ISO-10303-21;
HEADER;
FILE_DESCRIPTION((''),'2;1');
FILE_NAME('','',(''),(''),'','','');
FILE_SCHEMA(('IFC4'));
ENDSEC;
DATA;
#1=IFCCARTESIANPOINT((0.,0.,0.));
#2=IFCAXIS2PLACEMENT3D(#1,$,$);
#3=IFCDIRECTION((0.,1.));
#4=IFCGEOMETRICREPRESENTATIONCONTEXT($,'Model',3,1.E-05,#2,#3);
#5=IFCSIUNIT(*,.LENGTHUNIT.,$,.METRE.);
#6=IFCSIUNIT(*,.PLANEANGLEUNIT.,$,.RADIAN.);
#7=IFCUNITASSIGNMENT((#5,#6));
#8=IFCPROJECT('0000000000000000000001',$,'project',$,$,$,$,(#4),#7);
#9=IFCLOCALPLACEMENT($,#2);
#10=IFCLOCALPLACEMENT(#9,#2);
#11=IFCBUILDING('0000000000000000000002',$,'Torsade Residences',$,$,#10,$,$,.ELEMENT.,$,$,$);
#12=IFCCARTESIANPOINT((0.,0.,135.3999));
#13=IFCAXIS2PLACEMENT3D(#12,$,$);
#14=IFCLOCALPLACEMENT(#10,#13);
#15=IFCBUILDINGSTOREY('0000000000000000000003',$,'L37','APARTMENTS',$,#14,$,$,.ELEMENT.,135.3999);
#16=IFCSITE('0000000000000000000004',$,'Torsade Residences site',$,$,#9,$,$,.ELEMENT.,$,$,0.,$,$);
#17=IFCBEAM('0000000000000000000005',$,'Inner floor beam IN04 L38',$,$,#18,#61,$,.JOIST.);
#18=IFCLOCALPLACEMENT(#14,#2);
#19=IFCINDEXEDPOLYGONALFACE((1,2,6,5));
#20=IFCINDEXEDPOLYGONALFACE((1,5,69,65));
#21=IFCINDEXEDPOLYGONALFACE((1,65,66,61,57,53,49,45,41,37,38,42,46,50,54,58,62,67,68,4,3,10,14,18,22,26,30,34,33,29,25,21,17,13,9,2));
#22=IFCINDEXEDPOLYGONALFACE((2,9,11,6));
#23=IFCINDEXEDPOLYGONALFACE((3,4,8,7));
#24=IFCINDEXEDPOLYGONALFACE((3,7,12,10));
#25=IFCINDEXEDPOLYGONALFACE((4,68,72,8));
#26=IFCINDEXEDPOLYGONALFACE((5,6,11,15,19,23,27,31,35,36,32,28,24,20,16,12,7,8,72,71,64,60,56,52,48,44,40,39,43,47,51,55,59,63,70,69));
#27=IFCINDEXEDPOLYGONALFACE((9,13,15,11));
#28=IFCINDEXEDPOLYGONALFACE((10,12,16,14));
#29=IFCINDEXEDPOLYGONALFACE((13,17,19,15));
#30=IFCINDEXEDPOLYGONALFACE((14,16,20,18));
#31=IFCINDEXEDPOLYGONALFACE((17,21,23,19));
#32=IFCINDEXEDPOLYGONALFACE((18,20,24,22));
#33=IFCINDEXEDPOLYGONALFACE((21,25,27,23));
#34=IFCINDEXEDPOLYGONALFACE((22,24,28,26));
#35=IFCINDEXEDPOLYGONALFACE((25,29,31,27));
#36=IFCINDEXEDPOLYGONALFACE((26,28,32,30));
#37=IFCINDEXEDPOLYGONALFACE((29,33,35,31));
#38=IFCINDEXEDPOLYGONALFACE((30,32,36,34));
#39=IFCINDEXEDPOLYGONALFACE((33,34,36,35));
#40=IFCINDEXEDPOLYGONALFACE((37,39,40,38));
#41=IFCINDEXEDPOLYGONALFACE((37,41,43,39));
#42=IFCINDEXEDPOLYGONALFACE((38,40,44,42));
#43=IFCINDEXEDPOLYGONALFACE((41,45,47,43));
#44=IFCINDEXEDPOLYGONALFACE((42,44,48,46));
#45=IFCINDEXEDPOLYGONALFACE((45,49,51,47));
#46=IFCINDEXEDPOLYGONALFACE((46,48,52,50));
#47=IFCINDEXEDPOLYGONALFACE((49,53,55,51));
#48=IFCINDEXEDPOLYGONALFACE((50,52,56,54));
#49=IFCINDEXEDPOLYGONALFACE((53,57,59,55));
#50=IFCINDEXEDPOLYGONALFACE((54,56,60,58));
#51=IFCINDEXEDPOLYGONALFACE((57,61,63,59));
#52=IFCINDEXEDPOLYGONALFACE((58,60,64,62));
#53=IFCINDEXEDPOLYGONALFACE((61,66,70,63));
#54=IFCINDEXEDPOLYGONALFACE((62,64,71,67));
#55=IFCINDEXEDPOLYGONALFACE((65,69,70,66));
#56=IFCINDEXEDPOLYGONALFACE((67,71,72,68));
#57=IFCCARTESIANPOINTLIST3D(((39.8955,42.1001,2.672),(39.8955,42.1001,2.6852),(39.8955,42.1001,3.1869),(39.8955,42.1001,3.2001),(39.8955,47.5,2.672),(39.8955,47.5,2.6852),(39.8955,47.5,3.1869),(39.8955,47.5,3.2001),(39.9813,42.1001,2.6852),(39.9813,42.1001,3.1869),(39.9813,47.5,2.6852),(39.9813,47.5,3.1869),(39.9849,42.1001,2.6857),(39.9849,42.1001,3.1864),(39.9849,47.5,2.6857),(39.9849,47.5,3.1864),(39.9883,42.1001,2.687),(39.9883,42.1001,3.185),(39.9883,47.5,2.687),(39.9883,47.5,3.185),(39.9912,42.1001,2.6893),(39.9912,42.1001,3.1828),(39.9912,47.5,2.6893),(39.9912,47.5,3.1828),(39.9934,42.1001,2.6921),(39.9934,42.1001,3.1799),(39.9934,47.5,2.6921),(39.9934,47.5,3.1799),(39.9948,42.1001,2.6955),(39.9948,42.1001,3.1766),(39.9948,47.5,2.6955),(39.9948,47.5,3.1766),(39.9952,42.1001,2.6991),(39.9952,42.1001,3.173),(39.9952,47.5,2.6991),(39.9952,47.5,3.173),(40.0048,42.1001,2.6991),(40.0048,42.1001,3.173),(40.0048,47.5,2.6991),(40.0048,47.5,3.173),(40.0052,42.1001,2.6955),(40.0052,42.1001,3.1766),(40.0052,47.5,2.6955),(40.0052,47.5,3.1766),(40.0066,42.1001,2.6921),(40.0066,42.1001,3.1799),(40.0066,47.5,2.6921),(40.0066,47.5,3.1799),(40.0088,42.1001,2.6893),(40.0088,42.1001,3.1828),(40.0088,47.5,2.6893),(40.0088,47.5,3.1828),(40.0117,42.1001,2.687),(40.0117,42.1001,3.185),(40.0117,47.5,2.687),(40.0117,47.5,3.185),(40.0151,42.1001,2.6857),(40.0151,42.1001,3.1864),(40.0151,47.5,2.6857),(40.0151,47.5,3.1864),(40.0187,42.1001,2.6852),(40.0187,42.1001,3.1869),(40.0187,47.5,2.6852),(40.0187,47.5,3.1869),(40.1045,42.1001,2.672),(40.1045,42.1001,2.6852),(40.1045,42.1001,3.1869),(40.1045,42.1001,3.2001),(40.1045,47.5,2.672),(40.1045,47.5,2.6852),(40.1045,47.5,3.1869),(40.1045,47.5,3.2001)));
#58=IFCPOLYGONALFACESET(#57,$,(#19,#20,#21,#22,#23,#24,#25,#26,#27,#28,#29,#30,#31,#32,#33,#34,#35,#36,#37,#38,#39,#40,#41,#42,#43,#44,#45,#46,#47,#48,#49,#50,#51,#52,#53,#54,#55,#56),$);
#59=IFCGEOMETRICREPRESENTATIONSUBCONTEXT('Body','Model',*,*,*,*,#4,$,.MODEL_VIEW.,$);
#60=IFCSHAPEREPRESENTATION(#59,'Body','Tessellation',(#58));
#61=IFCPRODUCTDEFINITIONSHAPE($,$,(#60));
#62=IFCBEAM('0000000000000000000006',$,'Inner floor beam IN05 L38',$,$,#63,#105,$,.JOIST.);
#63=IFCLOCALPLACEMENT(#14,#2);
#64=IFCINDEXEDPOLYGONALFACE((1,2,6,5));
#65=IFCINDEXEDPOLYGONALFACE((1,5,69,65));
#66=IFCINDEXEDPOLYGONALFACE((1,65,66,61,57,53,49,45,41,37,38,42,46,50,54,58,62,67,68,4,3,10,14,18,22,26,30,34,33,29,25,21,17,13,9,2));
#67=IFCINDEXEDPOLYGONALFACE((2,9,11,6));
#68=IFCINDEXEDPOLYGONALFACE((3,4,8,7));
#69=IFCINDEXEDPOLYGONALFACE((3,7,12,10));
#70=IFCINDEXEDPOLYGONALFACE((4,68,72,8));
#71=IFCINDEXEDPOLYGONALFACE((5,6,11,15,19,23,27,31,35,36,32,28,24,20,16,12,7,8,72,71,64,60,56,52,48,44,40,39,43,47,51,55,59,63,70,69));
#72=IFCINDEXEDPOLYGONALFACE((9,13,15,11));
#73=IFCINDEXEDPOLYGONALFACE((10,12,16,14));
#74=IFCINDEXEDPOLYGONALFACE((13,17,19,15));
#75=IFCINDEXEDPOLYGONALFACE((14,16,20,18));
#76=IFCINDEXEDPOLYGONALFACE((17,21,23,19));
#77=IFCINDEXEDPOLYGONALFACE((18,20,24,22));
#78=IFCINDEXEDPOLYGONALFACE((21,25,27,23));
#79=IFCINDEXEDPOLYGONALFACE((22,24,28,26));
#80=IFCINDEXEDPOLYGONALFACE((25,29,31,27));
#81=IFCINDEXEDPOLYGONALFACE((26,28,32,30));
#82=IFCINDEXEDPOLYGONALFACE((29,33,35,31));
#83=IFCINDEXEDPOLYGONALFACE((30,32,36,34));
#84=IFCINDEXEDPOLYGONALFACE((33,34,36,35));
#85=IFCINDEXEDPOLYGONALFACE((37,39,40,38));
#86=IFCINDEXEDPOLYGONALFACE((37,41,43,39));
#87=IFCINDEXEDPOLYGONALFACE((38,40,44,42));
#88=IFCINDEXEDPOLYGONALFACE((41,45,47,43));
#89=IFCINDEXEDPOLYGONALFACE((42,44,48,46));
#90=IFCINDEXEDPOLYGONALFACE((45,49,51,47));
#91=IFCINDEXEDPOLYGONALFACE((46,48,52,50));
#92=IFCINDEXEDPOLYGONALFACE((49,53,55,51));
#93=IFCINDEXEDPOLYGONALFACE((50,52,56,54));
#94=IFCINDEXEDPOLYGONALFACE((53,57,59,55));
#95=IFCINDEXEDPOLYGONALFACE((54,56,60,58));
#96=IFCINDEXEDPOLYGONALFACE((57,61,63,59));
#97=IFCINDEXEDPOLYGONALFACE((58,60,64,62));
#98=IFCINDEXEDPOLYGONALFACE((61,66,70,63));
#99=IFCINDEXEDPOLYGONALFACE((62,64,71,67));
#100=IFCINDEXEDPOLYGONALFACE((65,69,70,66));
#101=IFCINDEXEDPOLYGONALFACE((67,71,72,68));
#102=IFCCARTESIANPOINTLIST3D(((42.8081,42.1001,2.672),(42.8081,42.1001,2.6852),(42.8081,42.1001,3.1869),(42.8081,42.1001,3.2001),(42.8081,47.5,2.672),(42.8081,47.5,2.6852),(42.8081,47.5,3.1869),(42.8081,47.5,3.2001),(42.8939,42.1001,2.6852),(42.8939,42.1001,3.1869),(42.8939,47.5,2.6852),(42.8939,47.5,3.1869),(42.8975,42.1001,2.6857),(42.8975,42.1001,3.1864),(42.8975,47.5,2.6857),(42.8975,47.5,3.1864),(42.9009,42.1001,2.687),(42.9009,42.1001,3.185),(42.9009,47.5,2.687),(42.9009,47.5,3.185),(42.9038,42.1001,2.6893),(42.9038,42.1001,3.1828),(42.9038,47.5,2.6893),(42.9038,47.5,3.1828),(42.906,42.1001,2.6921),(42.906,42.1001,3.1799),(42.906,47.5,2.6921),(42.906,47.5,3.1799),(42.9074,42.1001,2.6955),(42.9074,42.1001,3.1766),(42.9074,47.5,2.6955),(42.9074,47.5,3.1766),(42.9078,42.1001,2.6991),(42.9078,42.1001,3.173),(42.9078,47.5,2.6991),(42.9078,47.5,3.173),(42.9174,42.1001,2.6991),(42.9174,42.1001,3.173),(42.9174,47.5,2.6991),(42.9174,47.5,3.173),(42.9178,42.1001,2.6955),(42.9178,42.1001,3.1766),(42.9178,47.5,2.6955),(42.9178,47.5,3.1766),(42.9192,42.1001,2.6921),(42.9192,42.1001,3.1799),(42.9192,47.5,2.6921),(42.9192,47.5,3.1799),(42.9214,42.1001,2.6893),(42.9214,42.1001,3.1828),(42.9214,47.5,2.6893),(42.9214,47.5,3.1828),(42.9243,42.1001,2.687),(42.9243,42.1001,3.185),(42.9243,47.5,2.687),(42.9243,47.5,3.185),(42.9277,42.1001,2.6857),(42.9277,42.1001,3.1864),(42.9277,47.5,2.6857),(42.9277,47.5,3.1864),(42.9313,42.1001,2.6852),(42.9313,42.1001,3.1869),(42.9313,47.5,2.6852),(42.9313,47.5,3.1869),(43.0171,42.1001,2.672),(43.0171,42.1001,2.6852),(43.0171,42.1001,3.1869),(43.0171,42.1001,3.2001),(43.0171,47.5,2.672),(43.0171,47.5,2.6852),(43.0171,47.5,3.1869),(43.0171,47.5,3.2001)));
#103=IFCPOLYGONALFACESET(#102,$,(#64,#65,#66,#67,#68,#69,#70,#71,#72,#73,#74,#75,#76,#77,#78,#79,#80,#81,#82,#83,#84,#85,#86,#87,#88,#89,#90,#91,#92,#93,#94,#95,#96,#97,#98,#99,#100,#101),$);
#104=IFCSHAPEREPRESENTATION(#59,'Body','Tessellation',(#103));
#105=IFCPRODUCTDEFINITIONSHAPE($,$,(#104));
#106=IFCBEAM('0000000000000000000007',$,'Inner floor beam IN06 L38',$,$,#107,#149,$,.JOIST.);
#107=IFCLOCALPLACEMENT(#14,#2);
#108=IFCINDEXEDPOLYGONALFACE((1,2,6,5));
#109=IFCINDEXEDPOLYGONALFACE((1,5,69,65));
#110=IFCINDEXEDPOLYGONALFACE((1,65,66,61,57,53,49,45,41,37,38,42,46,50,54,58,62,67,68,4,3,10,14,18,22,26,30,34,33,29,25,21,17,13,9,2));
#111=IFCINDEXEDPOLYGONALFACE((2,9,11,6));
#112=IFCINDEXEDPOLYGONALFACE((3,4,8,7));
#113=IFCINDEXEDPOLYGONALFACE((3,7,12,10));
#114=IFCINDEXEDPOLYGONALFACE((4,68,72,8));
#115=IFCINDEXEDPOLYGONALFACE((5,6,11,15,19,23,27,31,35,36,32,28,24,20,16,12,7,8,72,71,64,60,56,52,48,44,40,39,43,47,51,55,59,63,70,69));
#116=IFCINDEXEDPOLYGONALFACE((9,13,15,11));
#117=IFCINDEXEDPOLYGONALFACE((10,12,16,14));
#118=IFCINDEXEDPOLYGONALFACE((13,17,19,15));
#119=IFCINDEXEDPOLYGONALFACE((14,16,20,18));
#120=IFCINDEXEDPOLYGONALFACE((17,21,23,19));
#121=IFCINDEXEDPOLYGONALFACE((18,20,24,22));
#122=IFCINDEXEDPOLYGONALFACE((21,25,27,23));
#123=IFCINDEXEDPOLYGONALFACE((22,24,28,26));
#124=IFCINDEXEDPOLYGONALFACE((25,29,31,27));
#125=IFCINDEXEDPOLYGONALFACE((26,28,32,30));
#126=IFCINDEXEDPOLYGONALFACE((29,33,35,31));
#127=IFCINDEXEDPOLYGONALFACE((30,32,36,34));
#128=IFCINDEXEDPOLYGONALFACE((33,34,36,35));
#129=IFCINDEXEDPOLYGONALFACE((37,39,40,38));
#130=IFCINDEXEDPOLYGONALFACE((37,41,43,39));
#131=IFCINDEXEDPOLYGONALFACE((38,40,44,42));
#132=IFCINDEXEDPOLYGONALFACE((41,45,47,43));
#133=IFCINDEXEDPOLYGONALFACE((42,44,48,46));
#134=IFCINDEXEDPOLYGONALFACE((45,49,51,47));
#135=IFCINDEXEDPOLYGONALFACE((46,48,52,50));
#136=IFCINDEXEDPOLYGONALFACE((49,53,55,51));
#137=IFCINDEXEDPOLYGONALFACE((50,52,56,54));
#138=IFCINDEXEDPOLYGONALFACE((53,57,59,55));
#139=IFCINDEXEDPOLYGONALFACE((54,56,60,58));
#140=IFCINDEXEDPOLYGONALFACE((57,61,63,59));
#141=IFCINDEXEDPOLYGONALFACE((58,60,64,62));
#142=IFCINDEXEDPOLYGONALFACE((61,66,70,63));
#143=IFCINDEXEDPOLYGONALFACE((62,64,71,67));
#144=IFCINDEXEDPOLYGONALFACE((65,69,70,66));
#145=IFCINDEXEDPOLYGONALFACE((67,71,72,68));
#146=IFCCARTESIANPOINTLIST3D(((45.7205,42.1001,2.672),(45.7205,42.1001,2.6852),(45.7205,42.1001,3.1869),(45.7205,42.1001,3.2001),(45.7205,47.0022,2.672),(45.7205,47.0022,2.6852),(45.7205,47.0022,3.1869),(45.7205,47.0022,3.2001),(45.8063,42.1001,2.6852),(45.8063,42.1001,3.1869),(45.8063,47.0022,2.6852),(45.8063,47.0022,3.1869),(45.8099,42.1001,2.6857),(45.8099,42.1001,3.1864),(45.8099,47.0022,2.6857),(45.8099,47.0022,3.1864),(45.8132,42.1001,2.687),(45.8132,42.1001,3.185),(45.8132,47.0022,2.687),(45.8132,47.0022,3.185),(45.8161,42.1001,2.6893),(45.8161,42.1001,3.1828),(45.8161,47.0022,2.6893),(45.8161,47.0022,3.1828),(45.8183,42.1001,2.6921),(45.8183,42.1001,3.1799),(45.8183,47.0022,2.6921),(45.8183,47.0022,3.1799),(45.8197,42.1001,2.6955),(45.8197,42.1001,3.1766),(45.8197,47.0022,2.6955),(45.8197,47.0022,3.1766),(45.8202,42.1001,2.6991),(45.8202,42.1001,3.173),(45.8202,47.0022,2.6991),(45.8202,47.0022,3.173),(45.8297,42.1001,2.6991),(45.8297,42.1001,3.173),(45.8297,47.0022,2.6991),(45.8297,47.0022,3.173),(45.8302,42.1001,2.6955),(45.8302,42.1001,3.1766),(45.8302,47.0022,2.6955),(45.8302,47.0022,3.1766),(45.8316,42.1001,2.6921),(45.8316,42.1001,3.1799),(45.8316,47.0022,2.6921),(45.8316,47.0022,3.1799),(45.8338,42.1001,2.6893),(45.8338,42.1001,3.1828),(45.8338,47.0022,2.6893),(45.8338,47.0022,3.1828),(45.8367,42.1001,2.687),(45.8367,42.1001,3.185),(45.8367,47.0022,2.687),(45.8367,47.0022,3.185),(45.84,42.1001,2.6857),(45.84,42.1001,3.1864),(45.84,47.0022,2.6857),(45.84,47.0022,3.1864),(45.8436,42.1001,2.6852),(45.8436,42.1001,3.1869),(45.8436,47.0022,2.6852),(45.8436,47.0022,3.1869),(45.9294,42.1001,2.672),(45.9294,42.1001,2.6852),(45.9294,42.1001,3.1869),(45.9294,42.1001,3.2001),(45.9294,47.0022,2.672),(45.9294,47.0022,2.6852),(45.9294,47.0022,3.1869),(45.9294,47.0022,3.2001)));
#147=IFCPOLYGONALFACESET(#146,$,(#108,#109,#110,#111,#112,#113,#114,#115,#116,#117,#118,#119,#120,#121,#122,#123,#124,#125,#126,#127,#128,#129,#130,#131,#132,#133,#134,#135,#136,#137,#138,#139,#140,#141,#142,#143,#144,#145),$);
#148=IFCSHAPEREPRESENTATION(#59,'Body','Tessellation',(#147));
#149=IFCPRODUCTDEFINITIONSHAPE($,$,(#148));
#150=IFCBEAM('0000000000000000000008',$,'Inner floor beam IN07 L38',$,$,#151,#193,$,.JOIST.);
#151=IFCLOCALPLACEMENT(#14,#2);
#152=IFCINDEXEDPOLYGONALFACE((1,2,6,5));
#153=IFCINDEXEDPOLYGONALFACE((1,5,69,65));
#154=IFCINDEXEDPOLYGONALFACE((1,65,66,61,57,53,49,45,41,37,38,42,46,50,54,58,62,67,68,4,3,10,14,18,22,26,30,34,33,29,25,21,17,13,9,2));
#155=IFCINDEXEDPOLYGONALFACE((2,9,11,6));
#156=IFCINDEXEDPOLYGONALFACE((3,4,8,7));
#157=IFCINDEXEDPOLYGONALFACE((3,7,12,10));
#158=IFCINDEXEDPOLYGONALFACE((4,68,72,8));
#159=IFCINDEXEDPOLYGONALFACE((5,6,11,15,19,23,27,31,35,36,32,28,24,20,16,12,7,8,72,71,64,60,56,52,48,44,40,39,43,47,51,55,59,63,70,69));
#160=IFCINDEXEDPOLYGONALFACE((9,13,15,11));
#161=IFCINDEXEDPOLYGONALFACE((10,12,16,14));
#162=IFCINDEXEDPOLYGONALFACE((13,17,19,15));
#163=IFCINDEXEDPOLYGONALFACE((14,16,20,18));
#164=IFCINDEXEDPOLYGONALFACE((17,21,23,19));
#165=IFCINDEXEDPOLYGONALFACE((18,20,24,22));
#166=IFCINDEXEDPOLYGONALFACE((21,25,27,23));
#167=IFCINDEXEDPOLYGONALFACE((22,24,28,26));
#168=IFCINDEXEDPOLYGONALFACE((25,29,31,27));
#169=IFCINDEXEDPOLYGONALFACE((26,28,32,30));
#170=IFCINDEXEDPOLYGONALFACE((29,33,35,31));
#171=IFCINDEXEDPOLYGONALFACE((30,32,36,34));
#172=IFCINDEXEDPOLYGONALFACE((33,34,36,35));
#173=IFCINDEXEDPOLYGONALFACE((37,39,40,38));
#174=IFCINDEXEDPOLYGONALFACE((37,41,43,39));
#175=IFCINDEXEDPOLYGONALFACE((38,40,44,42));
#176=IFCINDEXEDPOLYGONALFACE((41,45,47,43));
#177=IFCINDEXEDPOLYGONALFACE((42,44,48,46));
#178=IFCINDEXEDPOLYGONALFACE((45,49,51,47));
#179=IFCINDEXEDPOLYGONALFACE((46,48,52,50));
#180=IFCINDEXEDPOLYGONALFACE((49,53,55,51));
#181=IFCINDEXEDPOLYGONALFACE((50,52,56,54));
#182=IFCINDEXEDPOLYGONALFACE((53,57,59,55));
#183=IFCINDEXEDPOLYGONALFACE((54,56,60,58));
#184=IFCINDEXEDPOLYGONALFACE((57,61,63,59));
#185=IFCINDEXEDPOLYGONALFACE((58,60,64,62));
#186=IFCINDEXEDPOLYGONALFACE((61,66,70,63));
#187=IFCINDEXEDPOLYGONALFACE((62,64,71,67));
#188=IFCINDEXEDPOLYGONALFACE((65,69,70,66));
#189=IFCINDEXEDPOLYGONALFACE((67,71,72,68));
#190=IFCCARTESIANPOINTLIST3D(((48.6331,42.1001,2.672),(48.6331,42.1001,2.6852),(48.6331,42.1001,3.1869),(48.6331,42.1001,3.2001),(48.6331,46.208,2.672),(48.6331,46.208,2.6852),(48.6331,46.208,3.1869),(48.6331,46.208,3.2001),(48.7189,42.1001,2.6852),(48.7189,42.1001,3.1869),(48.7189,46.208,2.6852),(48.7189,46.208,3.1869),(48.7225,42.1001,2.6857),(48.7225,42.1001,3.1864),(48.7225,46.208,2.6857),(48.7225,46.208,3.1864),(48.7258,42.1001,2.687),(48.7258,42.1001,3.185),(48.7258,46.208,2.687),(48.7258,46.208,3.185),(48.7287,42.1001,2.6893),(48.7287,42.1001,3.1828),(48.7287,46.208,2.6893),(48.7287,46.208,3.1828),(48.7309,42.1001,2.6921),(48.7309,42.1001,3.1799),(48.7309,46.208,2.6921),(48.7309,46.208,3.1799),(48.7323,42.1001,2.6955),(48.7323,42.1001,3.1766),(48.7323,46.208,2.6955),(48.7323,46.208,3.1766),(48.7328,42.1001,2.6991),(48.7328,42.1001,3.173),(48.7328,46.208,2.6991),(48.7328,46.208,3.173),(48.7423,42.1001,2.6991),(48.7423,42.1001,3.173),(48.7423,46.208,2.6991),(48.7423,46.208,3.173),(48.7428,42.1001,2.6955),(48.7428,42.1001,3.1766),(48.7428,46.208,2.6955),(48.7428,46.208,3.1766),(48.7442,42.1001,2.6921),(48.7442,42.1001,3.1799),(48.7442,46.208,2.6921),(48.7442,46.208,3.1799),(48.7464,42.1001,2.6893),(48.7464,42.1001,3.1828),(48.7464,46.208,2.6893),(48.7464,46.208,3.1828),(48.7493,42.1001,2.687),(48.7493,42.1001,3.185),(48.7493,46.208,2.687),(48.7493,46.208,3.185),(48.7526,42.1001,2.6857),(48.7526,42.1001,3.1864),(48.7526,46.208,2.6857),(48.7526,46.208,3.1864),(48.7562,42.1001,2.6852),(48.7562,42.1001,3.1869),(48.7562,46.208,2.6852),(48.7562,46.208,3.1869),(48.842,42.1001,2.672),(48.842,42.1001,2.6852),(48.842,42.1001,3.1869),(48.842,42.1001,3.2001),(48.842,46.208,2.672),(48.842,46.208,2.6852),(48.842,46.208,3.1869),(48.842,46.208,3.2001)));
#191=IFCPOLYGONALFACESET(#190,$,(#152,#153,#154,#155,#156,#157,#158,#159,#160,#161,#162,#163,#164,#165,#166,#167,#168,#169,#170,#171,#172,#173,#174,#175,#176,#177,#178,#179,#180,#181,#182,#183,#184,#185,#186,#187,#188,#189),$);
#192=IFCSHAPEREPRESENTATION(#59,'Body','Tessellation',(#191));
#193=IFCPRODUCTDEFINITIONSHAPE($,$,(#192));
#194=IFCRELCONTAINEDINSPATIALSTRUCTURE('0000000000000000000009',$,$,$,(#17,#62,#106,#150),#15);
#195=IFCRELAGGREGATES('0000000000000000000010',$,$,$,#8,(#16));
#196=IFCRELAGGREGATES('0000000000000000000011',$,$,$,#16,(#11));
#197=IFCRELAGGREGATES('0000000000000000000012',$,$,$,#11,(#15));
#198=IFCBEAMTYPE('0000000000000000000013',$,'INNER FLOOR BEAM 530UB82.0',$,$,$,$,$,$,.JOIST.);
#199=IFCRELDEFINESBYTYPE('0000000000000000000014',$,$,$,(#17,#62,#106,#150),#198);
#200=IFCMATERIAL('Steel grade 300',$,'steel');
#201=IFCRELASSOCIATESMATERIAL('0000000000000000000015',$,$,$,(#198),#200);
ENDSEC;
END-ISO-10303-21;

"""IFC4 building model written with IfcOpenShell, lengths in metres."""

from ifc_helpers import new_model, si_unit, direction, frame, origin, origin_2d, place, context, subcontext, project, spatial, i_section, extrude, material, material_profile, profile_set, type_object, element, save


model = new_model("IFC4")

# Units and contexts
model_context = context("Model", 3, precision=1e-05, world=origin(), true_north=direction((0.0, 1.0)))
body_context = subcontext(model_context, "Body", "Model", "MODEL_VIEW")
ifc_project = project(units=[si_unit("LENGTHUNIT", "METRE"), si_unit("PLANEANGLEUNIT", "RADIAN")], contexts=[model_context])

# Site, building, storey
site_placement = place(None, origin())
site = spatial("IfcSite", under=ifc_project, at=site_placement, Name="Torsade Residences site", CompositionType="ELEMENT", RefElevation=0.0)
building_placement = place(site_placement, origin())
building = spatial("IfcBuilding", under=site, at=building_placement, Name="Torsade Residences", CompositionType="ELEMENT")
storey_placement = place(building_placement, frame((0.0, 0.0, 135.3999)))
storey = spatial("IfcBuildingStorey", under=building, at=storey_placement, Name="L37", Description="APARTMENTS", CompositionType="ELEMENT", Elevation=135.3999)

# Beams
ifc_material_1 = material(Name="Steel grade 300", Category="steel")
ifc_material_profile = material_profile(ifc_material_1, i_section(OverallWidth=0.209, OverallDepth=0.5281, WebThickness=0.0095, FlangeThickness=0.0132, FilletRadius=0.0139, at=origin_2d()), Name="530UB82.0")
ifc_profile_set = profile_set([ifc_material_profile], Name="Steel grade 300")
beam_type = type_object("IfcBeamType", Name="INNER FLOOR BEAM 530UB82.0", PredefinedType="JOIST", material=ifc_profile_set)
for number, where, z_axis, x_axis, name in (
    (1, (40.0, 42.1001, 2.936), (0.0, 1.0, 0.0), (-1.0, 0.0, 0.0), "Inner floor beam IN04 L38"),
    (2, (42.9126, 42.1001, 2.936), (0.0, 1.0, 0.0), (-1.0, 0.0, 0.0), "Inner floor beam IN05 L38"),
):
    element("IfcBeam", number, at=place(storey_placement, frame(where, z_axis=z_axis, x_axis=x_axis)), inside=storey, type_object=beam_type, Name=name, PredefinedType="JOIST", context=body_context, shape_type="SweptSolid", body=[
        extrude(i_section(OverallWidth=0.209, OverallDepth=0.5281, WebThickness=0.0095, FlangeThickness=0.0132, FilletRadius=0.0139, at=origin_2d()), origin(), (0.0, 0.0, 1.0), 5.3999),
    ])
beam_1_placement = place(storey_placement, frame((45.825, 42.1001, 2.936), z_axis=(0.0, 1.0, 0.0), x_axis=(-1.0, 0.0, 0.0)))
element("IfcBeam", 3, at=beam_1_placement, inside=storey, type_object=beam_type, Name="Inner floor beam IN06 L38", PredefinedType="JOIST", context=body_context, shape_type="SweptSolid", body=[
    extrude(i_section(OverallWidth=0.209, OverallDepth=0.5281, WebThickness=0.0095, FlangeThickness=0.0132, FilletRadius=0.0139, at=origin_2d()), origin(), (0.0, 0.0, 1.0), 4.9021),
])
beam_2_placement = place(storey_placement, frame((48.7375, 42.1001, 2.936), z_axis=(0.0, 1.0, 0.0), x_axis=(-1.0, 0.0, 0.0)))
element("IfcBeam", 4, at=beam_2_placement, inside=storey, type_object=beam_type, Name="Inner floor beam IN07 L38", PredefinedType="JOIST", context=body_context, shape_type="SweptSolid", body=[
    extrude(i_section(OverallWidth=0.209, OverallDepth=0.5281, WebThickness=0.0095, FlangeThickness=0.0132, FilletRadius=0.0139, at=origin_2d()), origin(), (0.0, 0.0, 1.0), 4.1079),
])

save(model, "model.ifc")
